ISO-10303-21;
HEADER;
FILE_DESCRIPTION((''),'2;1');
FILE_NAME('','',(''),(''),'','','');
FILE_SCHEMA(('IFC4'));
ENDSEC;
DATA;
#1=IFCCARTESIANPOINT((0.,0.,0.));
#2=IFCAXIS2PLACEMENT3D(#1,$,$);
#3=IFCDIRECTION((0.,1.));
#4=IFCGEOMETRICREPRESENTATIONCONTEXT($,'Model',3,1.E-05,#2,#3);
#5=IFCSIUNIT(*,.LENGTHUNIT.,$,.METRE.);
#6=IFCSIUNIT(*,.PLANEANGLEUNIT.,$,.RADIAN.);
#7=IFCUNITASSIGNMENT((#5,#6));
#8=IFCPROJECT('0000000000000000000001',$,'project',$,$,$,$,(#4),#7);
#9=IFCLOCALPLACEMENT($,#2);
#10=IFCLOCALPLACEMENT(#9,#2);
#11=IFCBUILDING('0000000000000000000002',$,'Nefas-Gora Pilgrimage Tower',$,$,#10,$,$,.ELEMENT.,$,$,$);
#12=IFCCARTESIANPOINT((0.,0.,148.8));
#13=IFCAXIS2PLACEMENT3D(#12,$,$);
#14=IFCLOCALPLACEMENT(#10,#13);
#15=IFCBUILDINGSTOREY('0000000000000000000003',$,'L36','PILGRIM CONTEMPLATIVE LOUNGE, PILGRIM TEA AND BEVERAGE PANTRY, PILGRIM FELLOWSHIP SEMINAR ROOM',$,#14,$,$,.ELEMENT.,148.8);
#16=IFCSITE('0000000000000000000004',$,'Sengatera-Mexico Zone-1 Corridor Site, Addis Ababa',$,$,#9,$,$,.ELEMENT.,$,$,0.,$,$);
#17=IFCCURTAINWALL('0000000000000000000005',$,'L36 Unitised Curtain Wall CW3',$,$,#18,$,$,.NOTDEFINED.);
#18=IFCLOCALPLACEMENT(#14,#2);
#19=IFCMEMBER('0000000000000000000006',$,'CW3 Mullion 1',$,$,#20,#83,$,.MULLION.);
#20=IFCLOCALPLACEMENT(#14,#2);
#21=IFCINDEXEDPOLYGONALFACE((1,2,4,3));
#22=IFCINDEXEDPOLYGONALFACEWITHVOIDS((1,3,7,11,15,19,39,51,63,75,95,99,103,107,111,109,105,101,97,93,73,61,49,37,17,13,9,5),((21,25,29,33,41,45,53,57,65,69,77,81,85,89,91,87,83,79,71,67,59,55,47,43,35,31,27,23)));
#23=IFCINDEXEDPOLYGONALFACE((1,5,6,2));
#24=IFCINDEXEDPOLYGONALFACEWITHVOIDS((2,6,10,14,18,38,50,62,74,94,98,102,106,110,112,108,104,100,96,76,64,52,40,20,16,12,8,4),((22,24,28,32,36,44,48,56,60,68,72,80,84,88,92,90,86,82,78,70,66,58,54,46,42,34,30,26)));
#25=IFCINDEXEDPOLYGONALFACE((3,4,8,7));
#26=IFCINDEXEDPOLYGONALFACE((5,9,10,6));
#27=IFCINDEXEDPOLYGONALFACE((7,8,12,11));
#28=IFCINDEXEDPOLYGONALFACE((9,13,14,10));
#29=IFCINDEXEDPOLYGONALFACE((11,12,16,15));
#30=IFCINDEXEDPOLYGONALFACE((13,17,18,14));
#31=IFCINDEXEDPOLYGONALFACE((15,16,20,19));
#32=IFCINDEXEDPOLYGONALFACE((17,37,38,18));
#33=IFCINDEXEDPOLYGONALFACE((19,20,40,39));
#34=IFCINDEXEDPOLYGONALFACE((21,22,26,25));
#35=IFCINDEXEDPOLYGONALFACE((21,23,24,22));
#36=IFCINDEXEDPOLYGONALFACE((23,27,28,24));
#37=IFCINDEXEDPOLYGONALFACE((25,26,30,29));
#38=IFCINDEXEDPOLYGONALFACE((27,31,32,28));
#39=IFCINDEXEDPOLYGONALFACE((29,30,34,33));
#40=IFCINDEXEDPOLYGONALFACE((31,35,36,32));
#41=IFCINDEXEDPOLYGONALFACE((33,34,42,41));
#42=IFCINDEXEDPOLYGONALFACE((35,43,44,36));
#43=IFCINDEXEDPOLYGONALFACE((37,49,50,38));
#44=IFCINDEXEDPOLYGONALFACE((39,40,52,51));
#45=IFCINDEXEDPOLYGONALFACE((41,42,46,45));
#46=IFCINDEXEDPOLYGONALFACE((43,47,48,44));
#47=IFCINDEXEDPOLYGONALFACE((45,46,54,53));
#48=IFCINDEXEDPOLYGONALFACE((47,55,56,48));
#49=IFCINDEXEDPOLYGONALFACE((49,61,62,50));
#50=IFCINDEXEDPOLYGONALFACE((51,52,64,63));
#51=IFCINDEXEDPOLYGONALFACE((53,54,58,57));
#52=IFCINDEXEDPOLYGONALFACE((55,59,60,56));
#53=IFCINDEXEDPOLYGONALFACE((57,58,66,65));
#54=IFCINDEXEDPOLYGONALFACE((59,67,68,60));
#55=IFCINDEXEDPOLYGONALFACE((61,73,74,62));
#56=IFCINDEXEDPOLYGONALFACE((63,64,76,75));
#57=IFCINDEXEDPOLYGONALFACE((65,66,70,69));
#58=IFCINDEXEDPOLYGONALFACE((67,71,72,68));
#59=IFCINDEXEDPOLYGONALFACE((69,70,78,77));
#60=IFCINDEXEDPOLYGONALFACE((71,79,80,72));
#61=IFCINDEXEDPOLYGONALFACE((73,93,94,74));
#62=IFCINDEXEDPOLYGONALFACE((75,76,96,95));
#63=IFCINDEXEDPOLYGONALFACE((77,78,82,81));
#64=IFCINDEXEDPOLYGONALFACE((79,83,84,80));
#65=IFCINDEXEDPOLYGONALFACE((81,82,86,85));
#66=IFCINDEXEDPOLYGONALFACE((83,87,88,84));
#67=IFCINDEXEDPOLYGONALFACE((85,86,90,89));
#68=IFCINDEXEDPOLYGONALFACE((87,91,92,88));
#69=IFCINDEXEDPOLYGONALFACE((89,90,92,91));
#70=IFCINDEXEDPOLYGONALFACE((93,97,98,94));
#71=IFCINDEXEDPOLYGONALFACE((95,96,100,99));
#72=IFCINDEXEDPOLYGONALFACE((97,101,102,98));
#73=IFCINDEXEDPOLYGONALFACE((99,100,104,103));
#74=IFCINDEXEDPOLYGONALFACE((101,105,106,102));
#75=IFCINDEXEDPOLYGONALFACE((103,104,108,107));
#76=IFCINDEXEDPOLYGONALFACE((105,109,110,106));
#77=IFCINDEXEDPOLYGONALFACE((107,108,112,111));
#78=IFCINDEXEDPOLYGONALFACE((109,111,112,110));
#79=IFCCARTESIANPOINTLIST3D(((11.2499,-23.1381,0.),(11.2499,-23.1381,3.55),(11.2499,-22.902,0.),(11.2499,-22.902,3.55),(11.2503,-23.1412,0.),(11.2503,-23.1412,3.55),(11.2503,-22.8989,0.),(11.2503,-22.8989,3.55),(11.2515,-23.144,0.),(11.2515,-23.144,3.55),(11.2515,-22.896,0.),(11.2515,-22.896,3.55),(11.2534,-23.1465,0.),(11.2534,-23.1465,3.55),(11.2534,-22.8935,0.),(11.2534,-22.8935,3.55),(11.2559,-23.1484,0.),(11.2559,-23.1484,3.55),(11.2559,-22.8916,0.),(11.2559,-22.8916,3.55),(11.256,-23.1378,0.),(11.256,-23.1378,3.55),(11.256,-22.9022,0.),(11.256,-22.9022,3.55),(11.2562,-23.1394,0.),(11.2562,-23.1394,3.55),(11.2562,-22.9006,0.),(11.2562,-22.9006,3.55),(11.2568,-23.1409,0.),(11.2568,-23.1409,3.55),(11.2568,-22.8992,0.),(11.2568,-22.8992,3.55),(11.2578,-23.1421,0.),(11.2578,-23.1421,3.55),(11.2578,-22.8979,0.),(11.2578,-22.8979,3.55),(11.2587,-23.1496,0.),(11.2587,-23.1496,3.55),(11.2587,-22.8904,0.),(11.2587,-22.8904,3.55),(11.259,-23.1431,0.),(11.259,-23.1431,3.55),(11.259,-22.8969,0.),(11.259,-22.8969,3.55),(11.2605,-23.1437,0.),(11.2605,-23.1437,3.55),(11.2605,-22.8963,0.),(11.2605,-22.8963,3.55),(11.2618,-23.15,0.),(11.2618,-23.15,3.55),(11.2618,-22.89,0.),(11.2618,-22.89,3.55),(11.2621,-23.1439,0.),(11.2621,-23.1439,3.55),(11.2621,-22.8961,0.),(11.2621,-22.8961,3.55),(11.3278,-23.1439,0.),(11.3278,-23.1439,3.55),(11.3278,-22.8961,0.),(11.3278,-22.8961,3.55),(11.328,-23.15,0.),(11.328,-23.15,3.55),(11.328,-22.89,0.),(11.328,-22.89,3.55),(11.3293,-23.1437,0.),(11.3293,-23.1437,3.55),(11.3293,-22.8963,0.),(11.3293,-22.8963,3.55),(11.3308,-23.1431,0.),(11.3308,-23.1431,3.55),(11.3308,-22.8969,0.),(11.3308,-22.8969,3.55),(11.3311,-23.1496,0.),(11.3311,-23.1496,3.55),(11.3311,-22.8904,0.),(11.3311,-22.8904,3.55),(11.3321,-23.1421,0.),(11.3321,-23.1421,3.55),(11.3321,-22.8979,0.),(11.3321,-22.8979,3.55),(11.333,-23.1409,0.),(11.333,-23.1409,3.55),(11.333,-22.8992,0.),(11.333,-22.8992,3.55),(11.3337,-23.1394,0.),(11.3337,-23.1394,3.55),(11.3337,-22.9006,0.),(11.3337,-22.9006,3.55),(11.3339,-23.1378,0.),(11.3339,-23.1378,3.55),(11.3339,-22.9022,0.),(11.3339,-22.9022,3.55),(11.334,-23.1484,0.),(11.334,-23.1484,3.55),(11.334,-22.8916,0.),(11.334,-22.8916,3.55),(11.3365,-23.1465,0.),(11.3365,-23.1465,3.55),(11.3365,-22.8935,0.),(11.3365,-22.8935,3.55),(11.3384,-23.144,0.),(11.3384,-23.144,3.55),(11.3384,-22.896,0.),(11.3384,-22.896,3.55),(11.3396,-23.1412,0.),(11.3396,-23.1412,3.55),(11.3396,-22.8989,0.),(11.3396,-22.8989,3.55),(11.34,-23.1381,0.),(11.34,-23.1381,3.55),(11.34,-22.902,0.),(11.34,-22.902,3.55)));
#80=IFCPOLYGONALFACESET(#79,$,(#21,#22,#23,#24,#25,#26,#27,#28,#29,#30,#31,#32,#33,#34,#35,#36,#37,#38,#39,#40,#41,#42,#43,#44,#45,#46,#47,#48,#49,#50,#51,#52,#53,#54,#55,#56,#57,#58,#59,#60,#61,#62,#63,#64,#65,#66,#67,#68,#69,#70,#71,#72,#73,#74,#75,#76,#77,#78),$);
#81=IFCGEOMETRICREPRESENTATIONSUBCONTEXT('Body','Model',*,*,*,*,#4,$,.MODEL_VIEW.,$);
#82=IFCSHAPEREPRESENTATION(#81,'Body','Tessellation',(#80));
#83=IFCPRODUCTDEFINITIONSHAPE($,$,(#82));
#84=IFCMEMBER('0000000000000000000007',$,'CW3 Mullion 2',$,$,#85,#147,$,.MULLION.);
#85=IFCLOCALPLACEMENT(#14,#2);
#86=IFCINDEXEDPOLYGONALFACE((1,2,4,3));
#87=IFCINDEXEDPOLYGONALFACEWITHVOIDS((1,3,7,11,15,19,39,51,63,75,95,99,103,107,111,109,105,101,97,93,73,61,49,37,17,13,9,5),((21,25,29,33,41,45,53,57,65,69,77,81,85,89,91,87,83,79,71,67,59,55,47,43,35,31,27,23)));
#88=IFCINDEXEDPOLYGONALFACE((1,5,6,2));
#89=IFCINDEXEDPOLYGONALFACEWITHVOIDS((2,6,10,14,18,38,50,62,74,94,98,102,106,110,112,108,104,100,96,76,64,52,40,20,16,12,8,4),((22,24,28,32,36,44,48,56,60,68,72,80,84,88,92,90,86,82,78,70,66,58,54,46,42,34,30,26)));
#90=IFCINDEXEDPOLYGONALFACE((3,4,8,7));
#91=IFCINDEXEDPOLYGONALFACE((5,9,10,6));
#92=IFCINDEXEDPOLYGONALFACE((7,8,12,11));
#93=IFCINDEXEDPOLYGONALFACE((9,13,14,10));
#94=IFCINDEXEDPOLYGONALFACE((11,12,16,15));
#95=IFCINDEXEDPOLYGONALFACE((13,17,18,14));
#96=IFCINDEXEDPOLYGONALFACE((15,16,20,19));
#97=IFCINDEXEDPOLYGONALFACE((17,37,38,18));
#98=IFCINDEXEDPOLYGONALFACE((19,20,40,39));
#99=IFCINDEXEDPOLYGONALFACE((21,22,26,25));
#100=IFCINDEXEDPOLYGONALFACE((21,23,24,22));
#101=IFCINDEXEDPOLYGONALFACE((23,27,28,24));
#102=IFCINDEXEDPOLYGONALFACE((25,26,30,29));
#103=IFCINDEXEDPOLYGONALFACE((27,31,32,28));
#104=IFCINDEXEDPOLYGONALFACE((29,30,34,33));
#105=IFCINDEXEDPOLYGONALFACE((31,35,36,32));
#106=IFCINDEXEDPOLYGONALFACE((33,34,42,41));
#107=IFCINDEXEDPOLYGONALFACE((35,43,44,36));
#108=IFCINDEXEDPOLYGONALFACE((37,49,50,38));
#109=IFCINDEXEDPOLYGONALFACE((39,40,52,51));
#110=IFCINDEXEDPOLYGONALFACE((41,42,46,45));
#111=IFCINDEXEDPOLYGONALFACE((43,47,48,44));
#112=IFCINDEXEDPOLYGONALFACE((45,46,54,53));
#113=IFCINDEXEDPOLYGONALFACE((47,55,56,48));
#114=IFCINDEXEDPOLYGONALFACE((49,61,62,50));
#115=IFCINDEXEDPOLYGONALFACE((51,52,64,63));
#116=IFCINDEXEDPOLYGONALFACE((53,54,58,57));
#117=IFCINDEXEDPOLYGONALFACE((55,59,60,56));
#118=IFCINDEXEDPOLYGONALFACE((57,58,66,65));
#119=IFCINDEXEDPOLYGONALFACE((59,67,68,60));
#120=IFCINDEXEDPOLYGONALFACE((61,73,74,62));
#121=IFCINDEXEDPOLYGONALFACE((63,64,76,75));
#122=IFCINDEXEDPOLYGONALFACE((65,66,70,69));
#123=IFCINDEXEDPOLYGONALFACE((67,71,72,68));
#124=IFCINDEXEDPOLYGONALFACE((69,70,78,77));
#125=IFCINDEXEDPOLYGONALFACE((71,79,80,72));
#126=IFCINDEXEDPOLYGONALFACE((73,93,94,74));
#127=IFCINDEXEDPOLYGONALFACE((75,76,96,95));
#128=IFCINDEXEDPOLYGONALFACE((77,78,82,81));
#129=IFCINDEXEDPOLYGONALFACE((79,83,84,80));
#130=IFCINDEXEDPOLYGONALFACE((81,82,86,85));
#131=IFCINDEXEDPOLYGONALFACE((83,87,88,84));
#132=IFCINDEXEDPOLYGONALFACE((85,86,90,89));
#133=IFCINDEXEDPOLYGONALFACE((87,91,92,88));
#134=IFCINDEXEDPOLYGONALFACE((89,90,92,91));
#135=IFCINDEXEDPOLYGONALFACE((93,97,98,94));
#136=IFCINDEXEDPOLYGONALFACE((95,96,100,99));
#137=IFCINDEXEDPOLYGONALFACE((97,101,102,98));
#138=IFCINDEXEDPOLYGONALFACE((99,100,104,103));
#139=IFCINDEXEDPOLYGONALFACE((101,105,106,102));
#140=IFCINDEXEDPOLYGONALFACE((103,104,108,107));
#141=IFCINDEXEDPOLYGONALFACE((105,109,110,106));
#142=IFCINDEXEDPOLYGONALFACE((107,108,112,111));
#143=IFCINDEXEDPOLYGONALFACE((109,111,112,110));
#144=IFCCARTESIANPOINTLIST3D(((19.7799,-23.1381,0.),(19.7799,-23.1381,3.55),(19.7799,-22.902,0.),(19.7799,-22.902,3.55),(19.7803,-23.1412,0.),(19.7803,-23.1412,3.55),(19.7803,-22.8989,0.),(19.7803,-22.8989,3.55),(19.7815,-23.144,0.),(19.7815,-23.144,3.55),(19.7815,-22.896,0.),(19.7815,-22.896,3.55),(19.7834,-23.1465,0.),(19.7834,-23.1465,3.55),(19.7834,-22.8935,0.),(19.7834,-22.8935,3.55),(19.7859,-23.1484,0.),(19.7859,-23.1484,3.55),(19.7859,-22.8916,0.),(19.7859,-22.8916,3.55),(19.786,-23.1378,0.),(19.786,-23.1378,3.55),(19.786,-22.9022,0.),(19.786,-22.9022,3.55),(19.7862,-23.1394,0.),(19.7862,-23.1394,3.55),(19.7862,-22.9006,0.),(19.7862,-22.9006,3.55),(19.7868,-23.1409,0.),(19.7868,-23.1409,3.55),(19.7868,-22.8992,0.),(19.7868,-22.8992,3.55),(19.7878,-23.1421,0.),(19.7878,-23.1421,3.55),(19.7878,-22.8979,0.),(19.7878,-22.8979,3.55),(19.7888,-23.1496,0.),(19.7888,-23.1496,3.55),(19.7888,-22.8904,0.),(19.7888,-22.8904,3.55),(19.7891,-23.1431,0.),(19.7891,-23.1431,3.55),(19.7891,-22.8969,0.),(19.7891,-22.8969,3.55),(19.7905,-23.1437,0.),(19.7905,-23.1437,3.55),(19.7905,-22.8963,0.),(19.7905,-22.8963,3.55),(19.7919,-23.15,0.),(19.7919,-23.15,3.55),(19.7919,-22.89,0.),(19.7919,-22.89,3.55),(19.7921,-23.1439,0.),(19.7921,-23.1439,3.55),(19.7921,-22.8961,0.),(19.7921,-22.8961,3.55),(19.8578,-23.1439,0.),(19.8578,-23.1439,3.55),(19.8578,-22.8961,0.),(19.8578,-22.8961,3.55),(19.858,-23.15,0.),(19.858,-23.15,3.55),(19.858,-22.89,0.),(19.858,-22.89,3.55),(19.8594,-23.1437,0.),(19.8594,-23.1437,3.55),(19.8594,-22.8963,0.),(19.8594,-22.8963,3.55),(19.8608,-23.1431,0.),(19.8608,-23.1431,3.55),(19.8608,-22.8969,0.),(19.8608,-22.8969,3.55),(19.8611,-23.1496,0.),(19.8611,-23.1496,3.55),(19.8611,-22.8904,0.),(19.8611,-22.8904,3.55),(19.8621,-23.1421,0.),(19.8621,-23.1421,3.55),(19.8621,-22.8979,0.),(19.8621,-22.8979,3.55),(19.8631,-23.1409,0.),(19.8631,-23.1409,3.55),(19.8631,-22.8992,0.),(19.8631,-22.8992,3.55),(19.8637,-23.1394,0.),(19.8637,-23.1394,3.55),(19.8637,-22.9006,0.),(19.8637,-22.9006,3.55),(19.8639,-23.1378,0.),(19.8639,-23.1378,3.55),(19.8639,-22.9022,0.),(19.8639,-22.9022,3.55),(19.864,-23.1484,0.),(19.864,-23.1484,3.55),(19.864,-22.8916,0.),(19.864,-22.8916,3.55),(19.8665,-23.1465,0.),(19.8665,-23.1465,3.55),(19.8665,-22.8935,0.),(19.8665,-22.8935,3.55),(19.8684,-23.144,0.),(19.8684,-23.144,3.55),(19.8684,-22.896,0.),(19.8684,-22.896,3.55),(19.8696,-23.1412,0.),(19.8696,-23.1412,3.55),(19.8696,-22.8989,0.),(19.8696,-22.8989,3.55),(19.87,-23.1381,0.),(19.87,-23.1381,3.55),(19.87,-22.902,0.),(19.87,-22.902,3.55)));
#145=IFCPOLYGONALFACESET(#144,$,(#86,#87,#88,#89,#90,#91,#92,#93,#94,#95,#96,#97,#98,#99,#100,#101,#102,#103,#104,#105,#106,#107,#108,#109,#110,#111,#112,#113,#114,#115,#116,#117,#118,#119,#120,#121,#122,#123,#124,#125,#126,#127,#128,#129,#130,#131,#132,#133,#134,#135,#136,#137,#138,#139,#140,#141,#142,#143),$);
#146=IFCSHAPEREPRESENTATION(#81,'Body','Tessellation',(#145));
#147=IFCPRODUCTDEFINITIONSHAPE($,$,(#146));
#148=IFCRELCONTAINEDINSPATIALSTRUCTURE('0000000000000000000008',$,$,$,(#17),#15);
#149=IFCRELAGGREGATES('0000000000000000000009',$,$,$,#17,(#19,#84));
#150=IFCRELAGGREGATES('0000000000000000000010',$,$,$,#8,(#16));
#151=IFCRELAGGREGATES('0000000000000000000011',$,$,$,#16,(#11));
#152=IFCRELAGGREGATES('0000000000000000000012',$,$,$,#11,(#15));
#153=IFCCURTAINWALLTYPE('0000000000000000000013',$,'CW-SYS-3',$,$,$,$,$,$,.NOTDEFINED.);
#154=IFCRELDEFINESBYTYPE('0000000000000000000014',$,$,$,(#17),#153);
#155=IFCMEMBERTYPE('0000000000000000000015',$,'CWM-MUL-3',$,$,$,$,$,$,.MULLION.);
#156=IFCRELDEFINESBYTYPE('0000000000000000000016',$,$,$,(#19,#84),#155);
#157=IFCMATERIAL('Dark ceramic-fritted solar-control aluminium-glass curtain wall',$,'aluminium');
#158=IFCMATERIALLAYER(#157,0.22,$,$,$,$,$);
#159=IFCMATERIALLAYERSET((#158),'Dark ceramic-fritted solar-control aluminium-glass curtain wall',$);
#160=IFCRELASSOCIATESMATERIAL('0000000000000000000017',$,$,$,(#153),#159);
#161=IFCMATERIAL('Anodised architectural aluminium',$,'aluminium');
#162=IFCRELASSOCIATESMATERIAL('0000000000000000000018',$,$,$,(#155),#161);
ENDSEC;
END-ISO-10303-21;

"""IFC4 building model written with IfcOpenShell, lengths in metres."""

from ifc_helpers import new_model, si_unit, direction, frame, origin, origin_2d, place, context, subcontext, project, spatial, hollow_rectangle, extrude, source, transform, mapped, material, layer, layer_set, material_profile, profile_set, type_object, element, aggregate, save


model = new_model("IFC4")

# Units and contexts
model_context = context("Model", 3, precision=1e-05, world=origin(), true_north=direction((0.0, 1.0)))
body_context = subcontext(model_context, "Body", "Model", "MODEL_VIEW")
ifc_project = project(units=[si_unit("LENGTHUNIT", "METRE"), si_unit("PLANEANGLEUNIT", "RADIAN")], contexts=[model_context])

# Site, building, storey
site_placement = place(None, origin())
site = spatial("IfcSite", under=ifc_project, at=site_placement, Name="Sengatera-Mexico Zone-1 Corridor Site, Addis Ababa", CompositionType="ELEMENT", RefElevation=0.0)
building_placement = place(site_placement, origin())
building = spatial("IfcBuilding", under=site, at=building_placement, Name="Nefas-Gora Pilgrimage Tower", CompositionType="ELEMENT")
storey_placement = place(building_placement, frame((0.0, 0.0, 148.8)))
storey = spatial("IfcBuildingStorey", under=building, at=storey_placement, Name="L36", Description="PILGRIM CONTEMPLATIVE LOUNGE, PILGRIM TEA AND BEVERAGE PANTRY, PILGRIM FELLOWSHIP SEMINAR ROOM", CompositionType="ELEMENT", Elevation=148.8)

# Curtain wall, members
ifc_material_1 = material(Name="Dark ceramic-fritted solar-control aluminium-glass curtain wall", Category="aluminium")
ifc_layer_1 = layer(ifc_material_1, 0.22)
ifc_layer_set_1 = layer_set([ifc_layer_1], Name="Dark ceramic-fritted solar-control aluminium-glass curtain wall")
curtain_wall_type = type_object("IfcCurtainWallType", Name="CW-SYS-3", PredefinedType="NOTDEFINED", material=ifc_layer_set_1)
curtain_wall_1_placement = place(storey_placement, origin())
curtain_wall_1 = element("IfcCurtainWall", 1, at=curtain_wall_1_placement, inside=storey, type_object=curtain_wall_type, Name="L36 Unitised Curtain Wall CW3", PredefinedType="NOTDEFINED")
ifc_material_2 = material(Name="Anodised architectural aluminium", Category="aluminium")
ifc_material_profile_1 = material_profile(ifc_material_2, hollow_rectangle(XDim=0.0901, YDim=0.26, WallThickness=0.0061, InnerFilletRadius=0.0061, OuterFilletRadius=0.012, at=origin_2d()), Name="ALU MULLION 90x260")
ifc_profile_set_1 = profile_set([ifc_material_profile_1], Name="Anodised architectural aluminium")
member_type_1 = type_object("IfcMemberType", Name="CWM-MUL-3", PredefinedType="MULLION", material=ifc_profile_set_1)
shared_shape_1 = source(origin(), body_context, "Body", "SweptSolid", [
    extrude(hollow_rectangle(XDim=0.0901, YDim=0.26, WallThickness=0.0061, InnerFilletRadius=0.0061, OuterFilletRadius=0.012, at=origin_2d()), origin(), (0.0, 0.0, 1.0), 3.55),
])
member_1_placement = place(storey_placement, frame((11.2949, -23.02, 0.0), z_axis=(0.0, 0.0, 1.0), x_axis=(1.0, 0.0, 0.0)))
member_1 = element("IfcMember", 2, at=member_1_placement, type_object=member_type_1, Name="CW3 Mullion 1", PredefinedType="MULLION", context=body_context, shape_type="MappedRepresentation", body=[
    mapped(shared_shape_1, transform((0.0, 0.0, 0.0), x_axis=(1.0, 0.0, 0.0), y_axis=(0.0, 1.0, 0.0), z_axis=(0.0, 0.0, 1.0), scale=1.0)),
])
member_2_placement = place(storey_placement, frame((19.825, -23.02, 0.0), z_axis=(0.0, 0.0, 1.0), x_axis=(1.0, 0.0, 0.0)))
member_2 = element("IfcMember", 3, at=member_2_placement, type_object=member_type_1, Name="CW3 Mullion 2", PredefinedType="MULLION", context=body_context, shape_type="MappedRepresentation", body=[
    mapped(shared_shape_1, transform((0.0, 0.0, 0.0), x_axis=(1.0, 0.0, 0.0), y_axis=(0.0, 1.0, 0.0), z_axis=(0.0, 0.0, 1.0), scale=1.0)),
])

aggregate(curtain_wall_1, [member_1, member_2])

save(model, "model.ifc")
